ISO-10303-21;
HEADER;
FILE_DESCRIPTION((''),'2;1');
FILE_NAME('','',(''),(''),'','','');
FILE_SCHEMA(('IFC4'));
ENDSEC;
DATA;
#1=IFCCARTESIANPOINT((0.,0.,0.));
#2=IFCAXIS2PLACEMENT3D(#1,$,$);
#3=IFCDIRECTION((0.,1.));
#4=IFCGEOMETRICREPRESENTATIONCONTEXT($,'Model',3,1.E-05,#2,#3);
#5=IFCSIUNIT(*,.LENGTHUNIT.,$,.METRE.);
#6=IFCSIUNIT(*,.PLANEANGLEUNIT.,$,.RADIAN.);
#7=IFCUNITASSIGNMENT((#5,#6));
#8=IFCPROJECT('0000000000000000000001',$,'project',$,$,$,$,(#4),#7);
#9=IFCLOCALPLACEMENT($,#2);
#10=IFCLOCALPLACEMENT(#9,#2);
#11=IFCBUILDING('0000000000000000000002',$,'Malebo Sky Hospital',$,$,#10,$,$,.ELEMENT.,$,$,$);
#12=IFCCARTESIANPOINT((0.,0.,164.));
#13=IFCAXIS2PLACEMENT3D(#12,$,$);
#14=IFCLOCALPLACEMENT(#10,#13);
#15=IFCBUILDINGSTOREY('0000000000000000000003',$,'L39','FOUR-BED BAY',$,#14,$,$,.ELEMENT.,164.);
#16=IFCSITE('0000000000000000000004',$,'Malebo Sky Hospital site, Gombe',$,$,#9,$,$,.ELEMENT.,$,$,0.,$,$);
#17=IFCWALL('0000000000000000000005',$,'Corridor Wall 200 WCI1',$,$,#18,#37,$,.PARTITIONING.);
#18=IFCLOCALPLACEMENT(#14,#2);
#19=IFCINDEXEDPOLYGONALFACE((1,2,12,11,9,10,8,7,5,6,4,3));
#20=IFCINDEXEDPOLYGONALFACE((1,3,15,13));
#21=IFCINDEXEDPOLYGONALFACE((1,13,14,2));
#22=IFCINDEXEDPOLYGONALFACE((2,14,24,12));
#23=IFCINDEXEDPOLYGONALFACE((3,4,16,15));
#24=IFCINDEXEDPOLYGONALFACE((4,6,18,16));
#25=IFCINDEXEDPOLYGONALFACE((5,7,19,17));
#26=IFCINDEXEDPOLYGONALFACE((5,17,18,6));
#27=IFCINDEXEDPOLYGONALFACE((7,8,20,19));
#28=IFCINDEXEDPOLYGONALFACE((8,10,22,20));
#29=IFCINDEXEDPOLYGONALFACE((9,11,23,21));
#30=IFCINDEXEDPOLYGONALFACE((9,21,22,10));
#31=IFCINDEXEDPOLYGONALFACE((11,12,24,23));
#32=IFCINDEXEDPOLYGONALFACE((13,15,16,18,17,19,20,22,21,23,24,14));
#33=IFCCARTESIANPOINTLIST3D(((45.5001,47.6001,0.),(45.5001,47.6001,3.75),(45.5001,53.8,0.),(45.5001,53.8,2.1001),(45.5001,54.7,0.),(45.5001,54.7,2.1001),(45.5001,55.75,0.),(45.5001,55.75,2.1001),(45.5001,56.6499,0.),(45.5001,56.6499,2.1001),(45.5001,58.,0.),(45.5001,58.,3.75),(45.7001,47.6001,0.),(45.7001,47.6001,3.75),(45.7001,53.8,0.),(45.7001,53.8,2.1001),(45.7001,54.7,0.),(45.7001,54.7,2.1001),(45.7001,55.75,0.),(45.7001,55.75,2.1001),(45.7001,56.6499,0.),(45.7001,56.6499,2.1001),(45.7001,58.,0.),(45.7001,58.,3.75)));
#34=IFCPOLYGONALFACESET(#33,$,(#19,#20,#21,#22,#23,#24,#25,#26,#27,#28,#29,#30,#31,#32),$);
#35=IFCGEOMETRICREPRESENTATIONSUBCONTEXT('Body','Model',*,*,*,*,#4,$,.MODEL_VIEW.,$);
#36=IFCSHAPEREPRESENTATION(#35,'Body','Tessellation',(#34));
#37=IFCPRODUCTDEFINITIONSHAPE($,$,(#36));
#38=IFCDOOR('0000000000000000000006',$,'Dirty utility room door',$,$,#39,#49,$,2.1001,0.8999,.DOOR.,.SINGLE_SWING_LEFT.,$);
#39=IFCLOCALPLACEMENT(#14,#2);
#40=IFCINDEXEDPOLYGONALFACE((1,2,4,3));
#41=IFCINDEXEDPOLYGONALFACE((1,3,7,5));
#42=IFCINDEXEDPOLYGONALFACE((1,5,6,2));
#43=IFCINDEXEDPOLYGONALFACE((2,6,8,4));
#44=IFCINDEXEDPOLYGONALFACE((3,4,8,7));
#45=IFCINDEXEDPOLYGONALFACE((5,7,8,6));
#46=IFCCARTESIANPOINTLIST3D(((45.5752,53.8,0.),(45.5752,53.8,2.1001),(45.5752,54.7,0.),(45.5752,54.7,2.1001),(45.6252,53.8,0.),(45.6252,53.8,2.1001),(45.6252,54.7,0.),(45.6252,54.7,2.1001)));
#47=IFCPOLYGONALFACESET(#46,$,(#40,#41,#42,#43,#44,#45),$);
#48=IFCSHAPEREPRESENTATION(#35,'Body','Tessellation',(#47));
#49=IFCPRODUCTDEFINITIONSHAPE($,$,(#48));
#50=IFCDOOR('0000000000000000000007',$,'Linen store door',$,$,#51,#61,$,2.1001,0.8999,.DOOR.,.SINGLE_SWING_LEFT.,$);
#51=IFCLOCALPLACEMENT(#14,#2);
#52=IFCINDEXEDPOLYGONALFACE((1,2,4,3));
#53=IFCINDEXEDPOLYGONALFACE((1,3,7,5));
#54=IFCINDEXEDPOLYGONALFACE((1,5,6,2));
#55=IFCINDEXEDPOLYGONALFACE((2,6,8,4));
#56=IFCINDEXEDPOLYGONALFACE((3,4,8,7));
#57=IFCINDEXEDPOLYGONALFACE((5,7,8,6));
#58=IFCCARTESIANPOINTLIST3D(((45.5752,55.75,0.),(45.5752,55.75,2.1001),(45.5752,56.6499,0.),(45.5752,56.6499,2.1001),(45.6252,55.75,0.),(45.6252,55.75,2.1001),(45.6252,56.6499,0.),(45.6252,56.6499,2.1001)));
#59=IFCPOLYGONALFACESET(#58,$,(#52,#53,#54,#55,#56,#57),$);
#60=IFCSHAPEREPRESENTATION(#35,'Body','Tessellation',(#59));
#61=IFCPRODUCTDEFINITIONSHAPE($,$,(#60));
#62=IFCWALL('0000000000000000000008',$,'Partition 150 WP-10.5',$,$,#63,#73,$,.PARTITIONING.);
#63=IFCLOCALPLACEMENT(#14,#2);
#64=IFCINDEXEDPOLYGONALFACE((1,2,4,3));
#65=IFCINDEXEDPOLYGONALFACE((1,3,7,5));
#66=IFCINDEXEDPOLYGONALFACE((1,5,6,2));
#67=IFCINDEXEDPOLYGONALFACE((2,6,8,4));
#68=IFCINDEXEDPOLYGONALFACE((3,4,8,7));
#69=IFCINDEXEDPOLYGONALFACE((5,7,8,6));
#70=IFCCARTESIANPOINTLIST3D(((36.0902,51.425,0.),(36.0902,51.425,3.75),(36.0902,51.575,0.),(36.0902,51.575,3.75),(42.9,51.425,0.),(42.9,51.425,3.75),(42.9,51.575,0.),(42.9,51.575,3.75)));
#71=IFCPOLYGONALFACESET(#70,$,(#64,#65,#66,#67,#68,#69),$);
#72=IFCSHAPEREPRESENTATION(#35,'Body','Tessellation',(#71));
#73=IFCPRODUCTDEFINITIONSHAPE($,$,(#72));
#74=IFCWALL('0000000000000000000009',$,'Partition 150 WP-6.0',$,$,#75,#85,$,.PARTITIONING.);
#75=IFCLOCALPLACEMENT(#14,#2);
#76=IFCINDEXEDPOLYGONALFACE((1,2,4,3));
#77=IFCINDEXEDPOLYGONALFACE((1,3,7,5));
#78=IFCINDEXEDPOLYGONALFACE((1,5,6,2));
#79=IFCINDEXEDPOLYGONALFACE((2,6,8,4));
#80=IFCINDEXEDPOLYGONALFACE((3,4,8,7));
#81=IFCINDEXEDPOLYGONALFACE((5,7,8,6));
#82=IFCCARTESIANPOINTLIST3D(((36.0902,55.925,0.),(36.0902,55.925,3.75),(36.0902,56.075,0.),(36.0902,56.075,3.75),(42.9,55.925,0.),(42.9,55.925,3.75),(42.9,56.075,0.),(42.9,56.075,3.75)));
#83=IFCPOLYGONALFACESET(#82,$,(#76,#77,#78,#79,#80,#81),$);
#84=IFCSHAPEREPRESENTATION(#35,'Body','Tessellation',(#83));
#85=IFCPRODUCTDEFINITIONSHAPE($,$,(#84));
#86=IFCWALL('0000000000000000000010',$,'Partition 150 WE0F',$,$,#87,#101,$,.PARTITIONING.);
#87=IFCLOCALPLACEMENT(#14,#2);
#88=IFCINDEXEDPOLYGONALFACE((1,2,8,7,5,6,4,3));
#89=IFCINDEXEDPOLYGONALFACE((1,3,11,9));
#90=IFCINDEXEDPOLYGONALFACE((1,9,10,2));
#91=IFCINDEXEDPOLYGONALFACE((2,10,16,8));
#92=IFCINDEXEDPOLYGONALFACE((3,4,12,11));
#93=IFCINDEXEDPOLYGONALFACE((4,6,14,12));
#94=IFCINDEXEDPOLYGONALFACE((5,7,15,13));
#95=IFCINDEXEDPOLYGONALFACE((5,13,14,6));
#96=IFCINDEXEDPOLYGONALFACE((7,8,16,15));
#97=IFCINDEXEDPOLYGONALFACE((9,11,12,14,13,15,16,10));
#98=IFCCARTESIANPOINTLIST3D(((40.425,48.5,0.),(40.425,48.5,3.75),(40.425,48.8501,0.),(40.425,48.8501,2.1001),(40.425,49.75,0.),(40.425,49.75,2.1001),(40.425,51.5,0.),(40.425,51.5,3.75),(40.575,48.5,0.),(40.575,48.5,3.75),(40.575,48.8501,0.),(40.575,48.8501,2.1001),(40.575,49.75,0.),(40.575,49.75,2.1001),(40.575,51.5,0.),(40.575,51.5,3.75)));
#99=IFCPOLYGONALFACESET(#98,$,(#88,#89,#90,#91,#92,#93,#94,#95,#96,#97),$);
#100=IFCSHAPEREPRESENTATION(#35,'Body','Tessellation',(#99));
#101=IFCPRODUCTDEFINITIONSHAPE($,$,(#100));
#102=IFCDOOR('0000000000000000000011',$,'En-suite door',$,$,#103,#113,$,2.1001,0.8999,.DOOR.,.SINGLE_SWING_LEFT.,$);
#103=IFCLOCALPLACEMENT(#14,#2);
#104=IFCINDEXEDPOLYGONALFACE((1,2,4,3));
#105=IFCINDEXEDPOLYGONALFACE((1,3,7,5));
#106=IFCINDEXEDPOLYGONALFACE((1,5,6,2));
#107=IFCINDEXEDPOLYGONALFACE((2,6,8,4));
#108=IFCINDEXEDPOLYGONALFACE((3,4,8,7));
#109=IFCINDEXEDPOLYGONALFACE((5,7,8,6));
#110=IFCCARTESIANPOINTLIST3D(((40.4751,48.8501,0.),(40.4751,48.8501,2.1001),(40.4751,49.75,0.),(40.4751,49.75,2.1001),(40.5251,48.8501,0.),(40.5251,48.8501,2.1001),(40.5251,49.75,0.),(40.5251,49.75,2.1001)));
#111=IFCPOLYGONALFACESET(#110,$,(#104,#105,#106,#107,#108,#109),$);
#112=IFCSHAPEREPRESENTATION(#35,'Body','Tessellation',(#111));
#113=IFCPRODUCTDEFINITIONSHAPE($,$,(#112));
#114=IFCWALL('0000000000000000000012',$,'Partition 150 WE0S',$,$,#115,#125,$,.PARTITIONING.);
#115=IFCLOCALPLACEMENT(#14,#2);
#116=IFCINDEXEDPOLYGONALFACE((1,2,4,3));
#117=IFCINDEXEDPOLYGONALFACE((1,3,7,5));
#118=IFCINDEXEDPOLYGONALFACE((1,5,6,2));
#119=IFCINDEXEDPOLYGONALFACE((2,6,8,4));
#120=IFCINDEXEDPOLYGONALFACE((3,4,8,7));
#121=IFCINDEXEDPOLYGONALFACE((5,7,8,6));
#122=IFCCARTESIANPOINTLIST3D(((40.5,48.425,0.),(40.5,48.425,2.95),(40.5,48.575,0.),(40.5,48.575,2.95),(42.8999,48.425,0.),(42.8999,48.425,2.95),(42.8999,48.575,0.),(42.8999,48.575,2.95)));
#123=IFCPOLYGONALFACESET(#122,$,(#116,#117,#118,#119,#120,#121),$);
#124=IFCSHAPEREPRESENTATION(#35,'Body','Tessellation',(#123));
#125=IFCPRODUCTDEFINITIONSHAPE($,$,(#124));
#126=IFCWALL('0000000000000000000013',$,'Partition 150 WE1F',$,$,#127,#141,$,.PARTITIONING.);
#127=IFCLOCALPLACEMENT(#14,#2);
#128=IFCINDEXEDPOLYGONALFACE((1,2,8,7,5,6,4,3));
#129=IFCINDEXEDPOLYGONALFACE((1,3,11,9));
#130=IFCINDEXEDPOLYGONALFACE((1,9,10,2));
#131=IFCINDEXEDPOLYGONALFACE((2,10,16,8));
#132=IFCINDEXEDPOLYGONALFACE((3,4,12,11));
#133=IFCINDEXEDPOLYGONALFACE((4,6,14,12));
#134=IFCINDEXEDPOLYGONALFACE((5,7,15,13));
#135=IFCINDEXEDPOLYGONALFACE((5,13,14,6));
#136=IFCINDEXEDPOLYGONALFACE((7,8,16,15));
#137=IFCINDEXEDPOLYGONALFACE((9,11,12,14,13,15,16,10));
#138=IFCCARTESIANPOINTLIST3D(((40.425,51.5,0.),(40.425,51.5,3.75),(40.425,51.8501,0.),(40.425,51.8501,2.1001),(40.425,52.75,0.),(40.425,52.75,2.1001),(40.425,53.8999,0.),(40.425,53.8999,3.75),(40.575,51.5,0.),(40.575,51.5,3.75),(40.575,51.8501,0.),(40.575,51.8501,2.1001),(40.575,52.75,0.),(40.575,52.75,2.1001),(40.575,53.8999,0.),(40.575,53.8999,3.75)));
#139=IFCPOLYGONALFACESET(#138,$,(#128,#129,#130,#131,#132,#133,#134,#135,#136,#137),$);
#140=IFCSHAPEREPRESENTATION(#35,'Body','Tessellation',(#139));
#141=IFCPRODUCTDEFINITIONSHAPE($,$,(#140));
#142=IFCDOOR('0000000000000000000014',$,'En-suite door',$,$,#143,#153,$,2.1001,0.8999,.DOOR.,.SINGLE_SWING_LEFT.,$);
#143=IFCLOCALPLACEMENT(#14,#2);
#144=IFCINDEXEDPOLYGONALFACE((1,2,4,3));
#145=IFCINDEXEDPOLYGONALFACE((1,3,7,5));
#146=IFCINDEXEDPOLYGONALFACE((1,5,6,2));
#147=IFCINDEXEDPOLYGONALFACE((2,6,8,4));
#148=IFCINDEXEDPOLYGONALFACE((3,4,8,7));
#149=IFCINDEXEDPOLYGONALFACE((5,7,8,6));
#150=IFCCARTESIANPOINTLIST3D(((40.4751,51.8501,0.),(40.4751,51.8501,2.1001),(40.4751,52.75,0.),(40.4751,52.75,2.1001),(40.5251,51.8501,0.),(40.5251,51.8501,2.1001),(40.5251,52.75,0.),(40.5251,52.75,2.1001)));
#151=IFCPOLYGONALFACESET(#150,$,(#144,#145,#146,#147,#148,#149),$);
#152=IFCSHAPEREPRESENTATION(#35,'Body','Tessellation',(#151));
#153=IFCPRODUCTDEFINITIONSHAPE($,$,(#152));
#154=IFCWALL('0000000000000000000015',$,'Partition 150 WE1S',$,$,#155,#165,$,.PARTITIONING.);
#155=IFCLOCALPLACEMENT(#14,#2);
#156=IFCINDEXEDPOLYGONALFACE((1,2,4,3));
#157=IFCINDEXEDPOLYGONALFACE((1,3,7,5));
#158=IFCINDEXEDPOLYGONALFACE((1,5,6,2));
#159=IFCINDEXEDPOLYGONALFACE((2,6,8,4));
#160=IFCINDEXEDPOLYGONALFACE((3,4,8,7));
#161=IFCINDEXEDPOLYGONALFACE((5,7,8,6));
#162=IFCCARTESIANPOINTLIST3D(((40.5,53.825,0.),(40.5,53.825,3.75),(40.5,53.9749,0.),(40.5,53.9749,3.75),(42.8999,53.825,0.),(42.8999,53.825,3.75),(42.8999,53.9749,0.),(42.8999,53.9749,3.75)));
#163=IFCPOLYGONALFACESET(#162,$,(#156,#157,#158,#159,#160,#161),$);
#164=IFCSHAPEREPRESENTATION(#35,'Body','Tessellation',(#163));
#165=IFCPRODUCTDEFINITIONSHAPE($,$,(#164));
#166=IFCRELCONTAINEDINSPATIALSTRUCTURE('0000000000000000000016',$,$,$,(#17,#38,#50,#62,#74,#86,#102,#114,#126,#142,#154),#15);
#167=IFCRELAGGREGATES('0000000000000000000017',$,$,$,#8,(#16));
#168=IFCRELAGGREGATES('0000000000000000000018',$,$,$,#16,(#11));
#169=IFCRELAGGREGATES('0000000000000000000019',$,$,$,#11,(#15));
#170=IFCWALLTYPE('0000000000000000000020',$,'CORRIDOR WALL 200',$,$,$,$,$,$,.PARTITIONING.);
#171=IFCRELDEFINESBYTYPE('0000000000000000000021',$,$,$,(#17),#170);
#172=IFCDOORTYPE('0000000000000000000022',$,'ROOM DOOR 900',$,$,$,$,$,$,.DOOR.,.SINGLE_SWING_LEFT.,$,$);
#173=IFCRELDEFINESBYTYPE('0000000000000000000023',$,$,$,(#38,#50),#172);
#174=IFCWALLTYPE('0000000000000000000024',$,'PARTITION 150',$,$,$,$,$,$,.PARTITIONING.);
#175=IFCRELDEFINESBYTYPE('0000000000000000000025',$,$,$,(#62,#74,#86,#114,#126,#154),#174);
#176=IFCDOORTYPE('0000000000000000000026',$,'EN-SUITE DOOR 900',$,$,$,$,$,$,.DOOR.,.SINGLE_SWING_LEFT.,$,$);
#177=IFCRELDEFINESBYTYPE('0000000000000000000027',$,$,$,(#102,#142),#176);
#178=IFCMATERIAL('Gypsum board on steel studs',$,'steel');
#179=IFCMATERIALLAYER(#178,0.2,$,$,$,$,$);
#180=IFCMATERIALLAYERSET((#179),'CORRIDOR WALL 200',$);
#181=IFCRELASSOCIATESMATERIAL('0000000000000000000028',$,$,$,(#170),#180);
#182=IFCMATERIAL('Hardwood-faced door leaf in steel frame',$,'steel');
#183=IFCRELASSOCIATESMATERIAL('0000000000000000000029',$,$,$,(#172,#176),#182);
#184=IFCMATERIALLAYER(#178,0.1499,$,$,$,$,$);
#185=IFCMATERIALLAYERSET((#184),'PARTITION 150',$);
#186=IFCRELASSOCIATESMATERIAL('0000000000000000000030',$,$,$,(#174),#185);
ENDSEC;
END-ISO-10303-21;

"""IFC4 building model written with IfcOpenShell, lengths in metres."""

from ifc_helpers import new_model, si_unit, direction, frame, frame_2d, origin, place, context, subcontext, project, spatial, rectangle, extrude, material, layer, layer_set, type_object, element, fill, save


model = new_model("IFC4")

# Units and contexts
model_context = context("Model", 3, precision=1e-05, world=origin(), true_north=direction((0.0, 1.0)))
body_context = subcontext(model_context, "Body", "Model", "MODEL_VIEW")
ifc_project = project(units=[si_unit("LENGTHUNIT", "METRE"), si_unit("PLANEANGLEUNIT", "RADIAN")], contexts=[model_context])

# Site, building, storey
site_placement = place(None, origin())
site = spatial("IfcSite", under=ifc_project, at=site_placement, Name="Malebo Sky Hospital site, Gombe", CompositionType="ELEMENT", RefElevation=0.0)
building_placement = place(site_placement, origin())
building = spatial("IfcBuilding", under=site, at=building_placement, Name="Malebo Sky Hospital", CompositionType="ELEMENT")
storey_placement = place(building_placement, frame((0.0, 0.0, 164.0)))
storey = spatial("IfcBuildingStorey", under=building, at=storey_placement, Name="L39", Description="FOUR-BED BAY", CompositionType="ELEMENT", Elevation=164.0)

# Wall, openings, doors
ifc_material_1 = material(Name="Gypsum board on steel studs", Category="steel")
ifc_layer_1 = layer(ifc_material_1, 0.2)
ifc_layer_set_1 = layer_set([ifc_layer_1], Name="CORRIDOR WALL 200")
wall_type_1 = type_object("IfcWallType", Name="CORRIDOR WALL 200", PredefinedType="PARTITIONING", material=ifc_layer_set_1)
wall_1_placement = place(storey_placement, frame((45.6001, 47.6001, 0.0), z_axis=(0.0, 0.0, 1.0), x_axis=(0.0, 1.0, 0.0)))
wall_1 = element("IfcWall", 1, at=wall_1_placement, inside=storey, type_object=wall_type_1, Name="Corridor Wall 200 WCI1", PredefinedType="PARTITIONING", context=body_context, shape_type="SweptSolid", body=[
    extrude(rectangle(XDim=10.3999, YDim=0.2, at=frame_2d((5.2, 0.0))), origin(), (0.0, 0.0, 1.0), 3.75),
])
opening_1_placement = place(wall_1_placement, frame((6.2, 0.0, 0.0)))
opening_1 = element("IfcOpeningElement", 2, at=opening_1_placement, cuts=wall_1, PredefinedType="OPENING", context=body_context, shape_type="SweptSolid", body=[
    extrude(rectangle(XDim=0.8999, YDim=2.1001, at=frame_2d((0.45, 1.05))), frame((0.0, 0.1099, 0.0), z_axis=(0.0, -1.0, 0.0), x_axis=(1.0, 0.0, 0.0)), (0.0, 0.0, 1.0), 0.22),
])
opening_2_placement = place(wall_1_placement, frame((8.1499, 0.0, 0.0)))
opening_2 = element("IfcOpeningElement", 3, at=opening_2_placement, cuts=wall_1, PredefinedType="OPENING", context=body_context, shape_type="SweptSolid", body=[
    extrude(rectangle(XDim=0.8999, YDim=2.1001, at=frame_2d((0.45, 1.05))), frame((0.0, 0.1099, 0.0), z_axis=(0.0, -1.0, 0.0), x_axis=(1.0, 0.0, 0.0)), (0.0, 0.0, 1.0), 0.22),
])
ifc_material_2 = material(Name="Hardwood-faced door leaf in steel frame", Category="steel")
door_type_1 = type_object("IfcDoorType", Name="ROOM DOOR 900", OperationType="SINGLE_SWING_LEFT", PredefinedType="DOOR", material=ifc_material_2)
door_1_placement = place(opening_1_placement, origin())
door_1 = element("IfcDoor", 4, at=door_1_placement, inside=storey, type_object=door_type_1, Name="Dirty utility room door", OperationType="SINGLE_SWING_LEFT", OverallHeight=2.1001, OverallWidth=0.8999, PredefinedType="DOOR", context=body_context, shape_type="SweptSolid", body=[
    extrude(rectangle(XDim=0.8999, YDim=2.1001, at=frame_2d((0.45, 1.05))), frame((0.0, 0.0249, 0.0), z_axis=(0.0, -1.0, 0.0), x_axis=(1.0, 0.0, 0.0)), (0.0, 0.0, 1.0), 0.05),
])
fill(opening_1, door_1)
door_2_placement = place(opening_2_placement, origin())
door_2 = element("IfcDoor", 5, at=door_2_placement, inside=storey, type_object=door_type_1, Name="Linen store door", OperationType="SINGLE_SWING_LEFT", OverallHeight=2.1001, OverallWidth=0.8999, PredefinedType="DOOR", context=body_context, shape_type="SweptSolid", body=[
    extrude(rectangle(XDim=0.8999, YDim=2.1001, at=frame_2d((0.45, 1.05))), frame((0.0, 0.0249, 0.0), z_axis=(0.0, -1.0, 0.0), x_axis=(1.0, 0.0, 0.0)), (0.0, 0.0, 1.0), 0.05),
])
fill(opening_2, door_2)

# Walls
ifc_layer_2 = layer(ifc_material_1, 0.1499)
ifc_layer_set_2 = layer_set([ifc_layer_2], Name="PARTITION 150")
wall_type_2 = type_object("IfcWallType", Name="PARTITION 150", PredefinedType="PARTITIONING", material=ifc_layer_set_2)
for number, where, z_axis, x_axis, name in (
    (6, (42.8999, 51.5, 0.0), (0.0, 0.0, 1.0), (-1.0, 0.0, 0.0), "Partition 150 WP-10.5"),
    (7, (42.8999, 56.0, 0.0), (0.0, 0.0, 1.0), (-1.0, 0.0, 0.0), "Partition 150 WP-6.0"),
):
    element("IfcWall", number, at=place(storey_placement, frame(where, z_axis=z_axis, x_axis=x_axis)), inside=storey, type_object=wall_type_2, Name=name, PredefinedType="PARTITIONING", context=body_context, shape_type="SweptSolid", body=[
        extrude(rectangle(XDim=6.8098, YDim=0.1499, at=frame_2d((3.4048, 0.0))), origin(), (0.0, 0.0, 1.0), 3.75),
    ])

# Wall, opening, door
wall_2_placement = place(storey_placement, frame((40.5, 48.5, 0.0), z_axis=(0.0, 0.0, 1.0), x_axis=(0.0, 1.0, 0.0)))
wall_2 = element("IfcWall", 8, at=wall_2_placement, inside=storey, type_object=wall_type_2, Name="Partition 150 WE0F", PredefinedType="PARTITIONING", context=body_context, shape_type="SweptSolid", body=[
    extrude(rectangle(XDim=3.0, YDim=0.1499, at=frame_2d((1.5, 0.0))), origin(), (0.0, 0.0, 1.0), 3.75),
])
opening_3_placement = place(wall_2_placement, frame((0.3501, 0.0, 0.0)))
opening_3 = element("IfcOpeningElement", 9, at=opening_3_placement, cuts=wall_2, PredefinedType="OPENING", context=body_context, shape_type="SweptSolid", body=[
    extrude(rectangle(XDim=0.8999, YDim=2.1001, at=frame_2d((0.45, 1.05))), frame((0.0, 0.085, 0.0), z_axis=(0.0, -1.0, 0.0), x_axis=(1.0, 0.0, 0.0)), (0.0, 0.0, 1.0), 0.1699),
])
door_type_2 = type_object("IfcDoorType", Name="EN-SUITE DOOR 900", OperationType="SINGLE_SWING_LEFT", PredefinedType="DOOR", material=ifc_material_2)
door_3_placement = place(opening_3_placement, origin())
door_3 = element("IfcDoor", 10, at=door_3_placement, inside=storey, type_object=door_type_2, Name="En-suite door", OperationType="SINGLE_SWING_LEFT", OverallHeight=2.1001, OverallWidth=0.8999, PredefinedType="DOOR", context=body_context, shape_type="SweptSolid", body=[
    extrude(rectangle(XDim=0.8999, YDim=2.1001, at=frame_2d((0.45, 1.05))), frame((0.0, 0.0249, 0.0), z_axis=(0.0, -1.0, 0.0), x_axis=(1.0, 0.0, 0.0)), (0.0, 0.0, 1.0), 0.05),
])
fill(opening_3, door_3)

# Wall
wall_3_placement = place(storey_placement, frame((42.8999, 48.5, 0.0), z_axis=(0.0, 0.0, 1.0), x_axis=(-1.0, 0.0, 0.0)))
element("IfcWall", 11, at=wall_3_placement, inside=storey, type_object=wall_type_2, Name="Partition 150 WE0S", PredefinedType="PARTITIONING", context=body_context, shape_type="SweptSolid", body=[
    extrude(rectangle(XDim=2.3999, YDim=0.1499, at=frame_2d((1.2, 0.0))), origin(), (0.0, 0.0, 1.0), 2.95),
])

# Wall, opening, door
wall_4_placement = place(storey_placement, frame((40.5, 51.5, 0.0), z_axis=(0.0, 0.0, 1.0), x_axis=(0.0, 1.0, 0.0)))
wall_4 = element("IfcWall", 12, at=wall_4_placement, inside=storey, type_object=wall_type_2, Name="Partition 150 WE1F", PredefinedType="PARTITIONING", context=body_context, shape_type="SweptSolid", body=[
    extrude(rectangle(XDim=2.3999, YDim=0.1499, at=frame_2d((1.2, 0.0))), origin(), (0.0, 0.0, 1.0), 3.75),
])
opening_4_placement = place(wall_4_placement, frame((0.3501, 0.0, 0.0)))
opening_4 = element("IfcOpeningElement", 13, at=opening_4_placement, cuts=wall_4, PredefinedType="OPENING", context=body_context, shape_type="SweptSolid", body=[
    extrude(rectangle(XDim=0.8999, YDim=2.1001, at=frame_2d((0.45, 1.05))), frame((0.0, 0.085, 0.0), z_axis=(0.0, -1.0, 0.0), x_axis=(1.0, 0.0, 0.0)), (0.0, 0.0, 1.0), 0.1699),
])
door_4_placement = place(opening_4_placement, origin())
door_4 = element("IfcDoor", 14, at=door_4_placement, inside=storey, type_object=door_type_2, Name="En-suite door", OperationType="SINGLE_SWING_LEFT", OverallHeight=2.1001, OverallWidth=0.8999, PredefinedType="DOOR", context=body_context, shape_type="SweptSolid", body=[
    extrude(rectangle(XDim=0.8999, YDim=2.1001, at=frame_2d((0.45, 1.05))), frame((0.0, 0.0249, 0.0), z_axis=(0.0, -1.0, 0.0), x_axis=(1.0, 0.0, 0.0)), (0.0, 0.0, 1.0), 0.05),
])
fill(opening_4, door_4)

# Wall
wall_5_placement = place(storey_placement, frame((42.8999, 53.8999, 0.0), z_axis=(0.0, 0.0, 1.0), x_axis=(-1.0, 0.0, 0.0)))
element("IfcWall", 15, at=wall_5_placement, inside=storey, type_object=wall_type_2, Name="Partition 150 WE1S", PredefinedType="PARTITIONING", context=body_context, shape_type="SweptSolid", body=[
    extrude(rectangle(XDim=2.3999, YDim=0.1499, at=frame_2d((1.2, 0.0))), origin(), (0.0, 0.0, 1.0), 3.75),
])

save(model, "model.ifc")
